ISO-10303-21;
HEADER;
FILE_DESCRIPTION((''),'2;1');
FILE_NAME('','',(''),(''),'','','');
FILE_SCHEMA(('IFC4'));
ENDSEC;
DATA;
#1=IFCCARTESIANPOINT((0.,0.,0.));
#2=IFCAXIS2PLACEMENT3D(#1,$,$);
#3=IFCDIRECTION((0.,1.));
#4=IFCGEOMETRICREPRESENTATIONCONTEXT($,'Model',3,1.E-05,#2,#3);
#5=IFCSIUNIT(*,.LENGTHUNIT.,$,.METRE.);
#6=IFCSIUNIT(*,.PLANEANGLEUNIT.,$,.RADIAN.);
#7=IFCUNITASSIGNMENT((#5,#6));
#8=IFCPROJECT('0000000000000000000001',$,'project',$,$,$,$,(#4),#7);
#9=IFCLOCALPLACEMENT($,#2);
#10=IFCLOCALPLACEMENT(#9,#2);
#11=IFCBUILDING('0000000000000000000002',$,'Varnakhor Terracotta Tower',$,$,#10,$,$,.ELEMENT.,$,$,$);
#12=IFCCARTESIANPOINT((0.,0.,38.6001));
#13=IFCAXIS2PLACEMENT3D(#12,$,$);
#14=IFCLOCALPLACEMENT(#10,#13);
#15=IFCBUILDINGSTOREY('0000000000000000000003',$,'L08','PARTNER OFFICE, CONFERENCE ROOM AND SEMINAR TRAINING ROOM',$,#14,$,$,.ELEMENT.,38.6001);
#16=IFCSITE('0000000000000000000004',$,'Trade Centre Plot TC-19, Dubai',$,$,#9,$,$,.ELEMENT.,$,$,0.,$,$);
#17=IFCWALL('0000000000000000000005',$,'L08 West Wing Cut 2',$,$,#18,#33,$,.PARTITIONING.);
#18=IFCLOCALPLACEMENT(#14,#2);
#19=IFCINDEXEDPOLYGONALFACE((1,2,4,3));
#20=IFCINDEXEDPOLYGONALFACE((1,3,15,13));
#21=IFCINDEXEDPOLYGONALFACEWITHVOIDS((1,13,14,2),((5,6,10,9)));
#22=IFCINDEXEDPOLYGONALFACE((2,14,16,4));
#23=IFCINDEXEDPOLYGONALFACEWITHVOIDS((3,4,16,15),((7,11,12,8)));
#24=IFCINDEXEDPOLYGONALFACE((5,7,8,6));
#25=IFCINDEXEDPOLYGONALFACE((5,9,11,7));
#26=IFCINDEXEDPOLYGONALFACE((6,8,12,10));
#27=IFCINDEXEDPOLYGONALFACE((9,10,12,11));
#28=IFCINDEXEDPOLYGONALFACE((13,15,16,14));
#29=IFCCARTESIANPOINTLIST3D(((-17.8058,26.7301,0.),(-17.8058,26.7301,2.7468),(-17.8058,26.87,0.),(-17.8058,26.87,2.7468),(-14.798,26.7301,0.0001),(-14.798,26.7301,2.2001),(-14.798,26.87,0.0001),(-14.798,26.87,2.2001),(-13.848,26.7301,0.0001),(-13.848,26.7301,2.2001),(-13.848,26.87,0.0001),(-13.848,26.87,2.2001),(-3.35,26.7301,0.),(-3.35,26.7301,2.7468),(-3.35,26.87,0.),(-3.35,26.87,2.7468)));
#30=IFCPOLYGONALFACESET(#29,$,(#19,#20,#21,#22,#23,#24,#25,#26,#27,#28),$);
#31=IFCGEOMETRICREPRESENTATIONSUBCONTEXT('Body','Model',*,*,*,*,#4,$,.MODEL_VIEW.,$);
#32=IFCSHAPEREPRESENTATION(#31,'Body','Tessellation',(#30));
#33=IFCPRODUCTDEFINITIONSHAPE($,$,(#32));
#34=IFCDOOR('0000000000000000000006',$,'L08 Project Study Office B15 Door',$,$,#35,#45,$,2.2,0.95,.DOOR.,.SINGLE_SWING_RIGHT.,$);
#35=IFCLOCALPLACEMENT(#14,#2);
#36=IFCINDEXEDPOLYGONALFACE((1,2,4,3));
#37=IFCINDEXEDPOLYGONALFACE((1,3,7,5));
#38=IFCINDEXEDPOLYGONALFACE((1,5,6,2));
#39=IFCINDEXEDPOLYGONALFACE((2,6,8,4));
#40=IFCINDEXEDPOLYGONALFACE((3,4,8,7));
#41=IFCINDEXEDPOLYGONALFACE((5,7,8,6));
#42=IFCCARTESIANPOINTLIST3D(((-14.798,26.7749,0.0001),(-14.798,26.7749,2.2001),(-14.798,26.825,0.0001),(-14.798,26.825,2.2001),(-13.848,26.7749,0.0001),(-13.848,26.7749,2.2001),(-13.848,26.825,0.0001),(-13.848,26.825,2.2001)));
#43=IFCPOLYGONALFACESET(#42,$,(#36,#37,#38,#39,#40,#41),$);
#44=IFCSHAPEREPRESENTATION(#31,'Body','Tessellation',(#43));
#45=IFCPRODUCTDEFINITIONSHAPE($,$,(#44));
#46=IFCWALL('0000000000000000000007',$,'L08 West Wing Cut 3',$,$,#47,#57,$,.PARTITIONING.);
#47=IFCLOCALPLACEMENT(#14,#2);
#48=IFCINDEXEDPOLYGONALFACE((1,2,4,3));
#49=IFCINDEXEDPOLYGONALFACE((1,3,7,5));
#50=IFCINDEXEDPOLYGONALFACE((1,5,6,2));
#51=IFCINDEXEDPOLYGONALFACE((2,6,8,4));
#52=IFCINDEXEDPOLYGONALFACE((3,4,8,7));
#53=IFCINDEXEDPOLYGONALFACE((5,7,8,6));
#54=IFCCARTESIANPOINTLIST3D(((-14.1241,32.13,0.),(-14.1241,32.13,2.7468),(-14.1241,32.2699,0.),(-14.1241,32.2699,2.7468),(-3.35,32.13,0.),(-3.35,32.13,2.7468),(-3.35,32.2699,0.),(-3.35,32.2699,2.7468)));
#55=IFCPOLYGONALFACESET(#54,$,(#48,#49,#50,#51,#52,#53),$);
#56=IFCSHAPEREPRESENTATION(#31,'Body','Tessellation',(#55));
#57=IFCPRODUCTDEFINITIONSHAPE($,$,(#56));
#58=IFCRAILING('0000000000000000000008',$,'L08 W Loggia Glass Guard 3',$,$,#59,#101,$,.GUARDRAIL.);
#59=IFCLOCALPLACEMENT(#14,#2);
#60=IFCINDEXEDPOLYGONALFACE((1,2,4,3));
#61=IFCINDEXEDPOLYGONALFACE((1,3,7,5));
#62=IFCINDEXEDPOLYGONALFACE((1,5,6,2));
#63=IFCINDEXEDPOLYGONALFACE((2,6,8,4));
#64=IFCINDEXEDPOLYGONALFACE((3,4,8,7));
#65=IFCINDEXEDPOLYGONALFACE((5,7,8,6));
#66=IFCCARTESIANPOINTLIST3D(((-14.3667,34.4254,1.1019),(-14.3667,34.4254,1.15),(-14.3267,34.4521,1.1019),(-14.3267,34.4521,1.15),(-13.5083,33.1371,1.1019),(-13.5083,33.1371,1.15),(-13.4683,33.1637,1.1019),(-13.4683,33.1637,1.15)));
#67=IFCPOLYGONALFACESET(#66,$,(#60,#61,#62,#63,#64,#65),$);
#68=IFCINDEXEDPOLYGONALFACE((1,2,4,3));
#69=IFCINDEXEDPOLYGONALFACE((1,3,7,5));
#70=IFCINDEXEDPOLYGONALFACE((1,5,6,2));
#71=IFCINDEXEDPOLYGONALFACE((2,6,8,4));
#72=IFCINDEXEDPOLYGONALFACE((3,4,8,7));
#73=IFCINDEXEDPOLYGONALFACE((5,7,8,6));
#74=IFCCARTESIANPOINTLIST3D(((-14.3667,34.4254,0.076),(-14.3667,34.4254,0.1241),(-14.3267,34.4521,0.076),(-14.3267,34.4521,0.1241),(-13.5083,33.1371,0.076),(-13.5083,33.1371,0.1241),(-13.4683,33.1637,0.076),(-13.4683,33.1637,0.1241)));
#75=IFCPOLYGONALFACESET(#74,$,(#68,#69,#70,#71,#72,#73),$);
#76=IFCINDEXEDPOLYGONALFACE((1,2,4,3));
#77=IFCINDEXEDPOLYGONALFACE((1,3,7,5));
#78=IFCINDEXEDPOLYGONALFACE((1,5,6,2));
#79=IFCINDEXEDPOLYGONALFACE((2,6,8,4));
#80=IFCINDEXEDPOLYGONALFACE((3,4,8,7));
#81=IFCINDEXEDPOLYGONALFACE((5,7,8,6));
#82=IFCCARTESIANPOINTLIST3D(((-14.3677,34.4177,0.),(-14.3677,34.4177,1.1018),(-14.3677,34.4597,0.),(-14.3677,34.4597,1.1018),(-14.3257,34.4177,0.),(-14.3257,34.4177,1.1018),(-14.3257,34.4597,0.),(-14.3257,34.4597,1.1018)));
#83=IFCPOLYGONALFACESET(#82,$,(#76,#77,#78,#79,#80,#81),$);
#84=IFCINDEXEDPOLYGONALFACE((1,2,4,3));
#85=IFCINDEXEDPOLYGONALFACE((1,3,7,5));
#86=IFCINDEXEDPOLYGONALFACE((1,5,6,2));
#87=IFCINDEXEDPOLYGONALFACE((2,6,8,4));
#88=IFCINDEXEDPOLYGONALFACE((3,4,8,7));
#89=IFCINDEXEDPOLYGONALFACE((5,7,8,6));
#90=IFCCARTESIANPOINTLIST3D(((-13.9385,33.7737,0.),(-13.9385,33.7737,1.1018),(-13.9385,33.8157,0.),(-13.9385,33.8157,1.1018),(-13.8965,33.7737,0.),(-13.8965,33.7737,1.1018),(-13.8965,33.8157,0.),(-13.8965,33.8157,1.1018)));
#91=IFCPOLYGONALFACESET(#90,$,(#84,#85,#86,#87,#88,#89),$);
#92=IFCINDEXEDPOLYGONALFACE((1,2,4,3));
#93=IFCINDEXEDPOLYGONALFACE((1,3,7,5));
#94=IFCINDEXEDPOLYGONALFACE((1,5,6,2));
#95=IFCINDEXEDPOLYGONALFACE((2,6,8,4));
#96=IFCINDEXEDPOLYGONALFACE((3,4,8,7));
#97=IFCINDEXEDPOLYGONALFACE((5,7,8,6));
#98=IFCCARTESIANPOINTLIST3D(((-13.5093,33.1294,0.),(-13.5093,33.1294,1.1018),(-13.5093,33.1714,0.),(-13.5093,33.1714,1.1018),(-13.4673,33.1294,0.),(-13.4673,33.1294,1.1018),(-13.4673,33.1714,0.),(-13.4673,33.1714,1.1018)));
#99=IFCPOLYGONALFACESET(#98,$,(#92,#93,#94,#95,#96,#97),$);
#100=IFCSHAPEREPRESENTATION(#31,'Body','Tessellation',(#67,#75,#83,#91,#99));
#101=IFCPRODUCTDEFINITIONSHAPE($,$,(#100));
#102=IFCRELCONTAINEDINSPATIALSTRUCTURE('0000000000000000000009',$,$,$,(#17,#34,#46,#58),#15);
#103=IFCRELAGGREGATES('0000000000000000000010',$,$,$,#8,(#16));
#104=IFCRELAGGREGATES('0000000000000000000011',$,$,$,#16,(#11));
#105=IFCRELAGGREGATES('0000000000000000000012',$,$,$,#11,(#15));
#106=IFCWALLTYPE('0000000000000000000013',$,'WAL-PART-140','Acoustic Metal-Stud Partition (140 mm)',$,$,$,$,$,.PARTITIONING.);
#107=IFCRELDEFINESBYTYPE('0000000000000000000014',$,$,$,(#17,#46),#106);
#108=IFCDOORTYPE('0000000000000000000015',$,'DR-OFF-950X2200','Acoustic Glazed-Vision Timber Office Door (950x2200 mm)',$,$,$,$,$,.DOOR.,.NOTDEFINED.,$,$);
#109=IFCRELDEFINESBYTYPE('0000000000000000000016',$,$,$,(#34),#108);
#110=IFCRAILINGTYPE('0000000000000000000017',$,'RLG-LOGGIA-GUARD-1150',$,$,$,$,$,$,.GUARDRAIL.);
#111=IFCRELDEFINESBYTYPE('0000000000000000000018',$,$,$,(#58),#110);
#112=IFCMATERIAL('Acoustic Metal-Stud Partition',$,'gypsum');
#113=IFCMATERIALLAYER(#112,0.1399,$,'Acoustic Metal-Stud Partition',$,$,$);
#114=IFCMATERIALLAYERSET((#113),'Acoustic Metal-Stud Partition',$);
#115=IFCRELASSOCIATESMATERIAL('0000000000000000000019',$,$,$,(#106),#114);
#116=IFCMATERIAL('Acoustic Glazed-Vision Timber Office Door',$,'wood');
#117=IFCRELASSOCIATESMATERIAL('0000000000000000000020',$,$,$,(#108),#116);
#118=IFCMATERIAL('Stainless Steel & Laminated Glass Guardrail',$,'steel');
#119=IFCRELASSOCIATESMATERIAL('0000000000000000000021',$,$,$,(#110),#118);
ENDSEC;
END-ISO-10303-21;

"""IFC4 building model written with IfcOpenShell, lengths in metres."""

from ifc_helpers import new_model, si_unit, direction, frame, frame_2d, origin, origin_2d, place, context, subcontext, project, spatial, rectangle, extrude, source, transform, mapped, material, layer, layer_set, type_object, type_shapes, element, fill, save


model = new_model("IFC4")

# Units and contexts
model_context = context("Model", 3, precision=1e-05, world=origin(), true_north=direction((0.0, 1.0)))
body_context = subcontext(model_context, "Body", "Model", "MODEL_VIEW")
ifc_project = project(units=[si_unit("LENGTHUNIT", "METRE"), si_unit("PLANEANGLEUNIT", "RADIAN")], contexts=[model_context])

# Site, building, storey
site_placement = place(None, origin())
site = spatial("IfcSite", under=ifc_project, at=site_placement, Name="Trade Centre Plot TC-19, Dubai", CompositionType="ELEMENT", RefElevation=0.0)
building_placement = place(site_placement, origin())
building = spatial("IfcBuilding", under=site, at=building_placement, Name="Varnakhor Terracotta Tower", CompositionType="ELEMENT")
storey_placement = place(building_placement, frame((0.0, 0.0, 38.6001)))
storey = spatial("IfcBuildingStorey", under=building, at=storey_placement, Name="L08", Description="PARTNER OFFICE, CONFERENCE ROOM AND SEMINAR TRAINING ROOM", CompositionType="ELEMENT", Elevation=38.6001)

# Shared definitions
ifc_material_1 = material(Name="Acoustic Metal-Stud Partition", Category="gypsum")
ifc_layer_1 = layer(ifc_material_1, 0.1399, Name="Acoustic Metal-Stud Partition")
ifc_layer_set_1 = layer_set([ifc_layer_1], Name="Acoustic Metal-Stud Partition")
wall_type = type_object("IfcWallType", Name="WAL-PART-140", Description="Acoustic Metal-Stud Partition (140 mm)", PredefinedType="PARTITIONING", material=ifc_layer_set_1)
ifc_material_2 = material(Name="Acoustic Glazed-Vision Timber Office Door", Category="wood")
door_type = type_object("IfcDoorType", Name="DR-OFF-950X2200", Description="Acoustic Glazed-Vision Timber Office Door (950x2200 mm)", OperationType="NOTDEFINED", PredefinedType="DOOR", material=ifc_material_2)
shared_shape_1 = source(origin(), body_context, "Body", "SweptSolid", [
    extrude(rectangle(XDim=0.95, YDim=2.2, at=frame_2d((0.4751, 1.1001))), frame((0.0, 0.0249, 0.0), z_axis=(0.0, -1.0, 0.0), x_axis=(1.0, 0.0, 0.0)), (0.0, 0.0, 1.0), 0.05),
])
type_shapes(door_type, [shared_shape_1])

# Wall, opening, door
wall_1_placement = place(storey_placement, frame((-17.8059, 26.8, 0.0), z_axis=(0.0, 0.0, 1.0), x_axis=(1.0, 0.0, 0.0)))
wall_1 = element("IfcWall", 1, at=wall_1_placement, inside=storey, type_object=wall_type, Name="L08 West Wing Cut 2", PredefinedType="PARTITIONING", context=body_context, shape_type="SweptSolid", body=[
    extrude(rectangle(XDim=14.4558, YDim=0.1399, at=frame_2d((7.228, 0.0))), origin(), (0.0, 0.0, 1.0), 2.7468),
])
opening_1_placement = place(wall_1_placement, frame((3.0078, 0.0, 0.0)))
opening_1 = element("IfcOpeningElement", 2, at=opening_1_placement, cuts=wall_1, PredefinedType="OPENING", context=body_context, shape_type="SweptSolid", body=[
    extrude(rectangle(XDim=0.95, YDim=2.2, at=frame_2d((0.4751, 1.1001))), frame((0.0, 0.0801, 0.0), z_axis=(0.0, -1.0, 0.0), x_axis=(1.0, 0.0, 0.0)), (0.0, 0.0, 1.0), 0.1599),
])
door_1_placement = place(opening_1_placement, origin())
door_1 = element("IfcDoor", 3, at=door_1_placement, inside=storey, type_object=door_type, Name="L08 Project Study Office B15 Door", OperationType="SINGLE_SWING_RIGHT", OverallHeight=2.2, OverallWidth=0.95, PredefinedType="DOOR", context=body_context, shape_type="MappedRepresentation", body=[
    mapped(shared_shape_1, transform((0.0, 0.0, 0.0), scale=1.0)),
])
fill(opening_1, door_1)

# Wall
wall_2_placement = place(storey_placement, frame((-14.1243, 32.2, 0.0), z_axis=(0.0, 0.0, 1.0), x_axis=(1.0, 0.0, 0.0)))
element("IfcWall", 4, at=wall_2_placement, inside=storey, type_object=wall_type, Name="L08 West Wing Cut 3", PredefinedType="PARTITIONING", context=body_context, shape_type="SweptSolid", body=[
    extrude(rectangle(XDim=10.7742, YDim=0.1399, at=frame_2d((5.3872, 0.0))), origin(), (0.0, 0.0, 1.0), 2.7468),
])

# Railing
ifc_material_3 = material(Name="Stainless Steel & Laminated Glass Guardrail", Category="steel")
railing_type = type_object("IfcRailingType", Name="RLG-LOGGIA-GUARD-1150", PredefinedType="GUARDRAIL", material=ifc_material_3)
railing_placement = place(storey_placement, frame((-14.3467, 34.4387, 0.0)))
element("IfcRailing", 5, at=railing_placement, inside=storey, type_object=railing_type, Name="L08 W Loggia Glass Guard 3", PredefinedType="GUARDRAIL", context=body_context, shape_type="SweptSolid", body=[
    extrude(rectangle(XDim=0.0481, YDim=0.0481, at=origin_2d()), frame((0.0, 0.0, 1.126), z_axis=(0.554482, -0.832196, 0.0), x_axis=(0.832196, 0.554482, 0.0)), (0.0, 0.0, 1.0), 1.5481),
    extrude(rectangle(XDim=0.0481, YDim=0.0481, at=origin_2d()), frame((0.0, 0.0, 0.1001), z_axis=(0.554482, -0.832196, 0.0), x_axis=(0.832196, 0.554482, 0.0)), (0.0, 0.0, 1.0), 1.5481),
    extrude(rectangle(XDim=0.042, YDim=0.042, at=origin_2d()), origin(), (0.0, 0.0, 1.0), 1.1018),
    extrude(rectangle(XDim=0.042, YDim=0.042, at=origin_2d()), frame((0.4292, -0.644, 0.0)), (0.0, 0.0, 1.0), 1.1018),
    extrude(rectangle(XDim=0.042, YDim=0.042, at=origin_2d()), frame((0.8584, -1.2883, 0.0)), (0.0, 0.0, 1.0), 1.1018),
])

save(model, "model.ifc")
